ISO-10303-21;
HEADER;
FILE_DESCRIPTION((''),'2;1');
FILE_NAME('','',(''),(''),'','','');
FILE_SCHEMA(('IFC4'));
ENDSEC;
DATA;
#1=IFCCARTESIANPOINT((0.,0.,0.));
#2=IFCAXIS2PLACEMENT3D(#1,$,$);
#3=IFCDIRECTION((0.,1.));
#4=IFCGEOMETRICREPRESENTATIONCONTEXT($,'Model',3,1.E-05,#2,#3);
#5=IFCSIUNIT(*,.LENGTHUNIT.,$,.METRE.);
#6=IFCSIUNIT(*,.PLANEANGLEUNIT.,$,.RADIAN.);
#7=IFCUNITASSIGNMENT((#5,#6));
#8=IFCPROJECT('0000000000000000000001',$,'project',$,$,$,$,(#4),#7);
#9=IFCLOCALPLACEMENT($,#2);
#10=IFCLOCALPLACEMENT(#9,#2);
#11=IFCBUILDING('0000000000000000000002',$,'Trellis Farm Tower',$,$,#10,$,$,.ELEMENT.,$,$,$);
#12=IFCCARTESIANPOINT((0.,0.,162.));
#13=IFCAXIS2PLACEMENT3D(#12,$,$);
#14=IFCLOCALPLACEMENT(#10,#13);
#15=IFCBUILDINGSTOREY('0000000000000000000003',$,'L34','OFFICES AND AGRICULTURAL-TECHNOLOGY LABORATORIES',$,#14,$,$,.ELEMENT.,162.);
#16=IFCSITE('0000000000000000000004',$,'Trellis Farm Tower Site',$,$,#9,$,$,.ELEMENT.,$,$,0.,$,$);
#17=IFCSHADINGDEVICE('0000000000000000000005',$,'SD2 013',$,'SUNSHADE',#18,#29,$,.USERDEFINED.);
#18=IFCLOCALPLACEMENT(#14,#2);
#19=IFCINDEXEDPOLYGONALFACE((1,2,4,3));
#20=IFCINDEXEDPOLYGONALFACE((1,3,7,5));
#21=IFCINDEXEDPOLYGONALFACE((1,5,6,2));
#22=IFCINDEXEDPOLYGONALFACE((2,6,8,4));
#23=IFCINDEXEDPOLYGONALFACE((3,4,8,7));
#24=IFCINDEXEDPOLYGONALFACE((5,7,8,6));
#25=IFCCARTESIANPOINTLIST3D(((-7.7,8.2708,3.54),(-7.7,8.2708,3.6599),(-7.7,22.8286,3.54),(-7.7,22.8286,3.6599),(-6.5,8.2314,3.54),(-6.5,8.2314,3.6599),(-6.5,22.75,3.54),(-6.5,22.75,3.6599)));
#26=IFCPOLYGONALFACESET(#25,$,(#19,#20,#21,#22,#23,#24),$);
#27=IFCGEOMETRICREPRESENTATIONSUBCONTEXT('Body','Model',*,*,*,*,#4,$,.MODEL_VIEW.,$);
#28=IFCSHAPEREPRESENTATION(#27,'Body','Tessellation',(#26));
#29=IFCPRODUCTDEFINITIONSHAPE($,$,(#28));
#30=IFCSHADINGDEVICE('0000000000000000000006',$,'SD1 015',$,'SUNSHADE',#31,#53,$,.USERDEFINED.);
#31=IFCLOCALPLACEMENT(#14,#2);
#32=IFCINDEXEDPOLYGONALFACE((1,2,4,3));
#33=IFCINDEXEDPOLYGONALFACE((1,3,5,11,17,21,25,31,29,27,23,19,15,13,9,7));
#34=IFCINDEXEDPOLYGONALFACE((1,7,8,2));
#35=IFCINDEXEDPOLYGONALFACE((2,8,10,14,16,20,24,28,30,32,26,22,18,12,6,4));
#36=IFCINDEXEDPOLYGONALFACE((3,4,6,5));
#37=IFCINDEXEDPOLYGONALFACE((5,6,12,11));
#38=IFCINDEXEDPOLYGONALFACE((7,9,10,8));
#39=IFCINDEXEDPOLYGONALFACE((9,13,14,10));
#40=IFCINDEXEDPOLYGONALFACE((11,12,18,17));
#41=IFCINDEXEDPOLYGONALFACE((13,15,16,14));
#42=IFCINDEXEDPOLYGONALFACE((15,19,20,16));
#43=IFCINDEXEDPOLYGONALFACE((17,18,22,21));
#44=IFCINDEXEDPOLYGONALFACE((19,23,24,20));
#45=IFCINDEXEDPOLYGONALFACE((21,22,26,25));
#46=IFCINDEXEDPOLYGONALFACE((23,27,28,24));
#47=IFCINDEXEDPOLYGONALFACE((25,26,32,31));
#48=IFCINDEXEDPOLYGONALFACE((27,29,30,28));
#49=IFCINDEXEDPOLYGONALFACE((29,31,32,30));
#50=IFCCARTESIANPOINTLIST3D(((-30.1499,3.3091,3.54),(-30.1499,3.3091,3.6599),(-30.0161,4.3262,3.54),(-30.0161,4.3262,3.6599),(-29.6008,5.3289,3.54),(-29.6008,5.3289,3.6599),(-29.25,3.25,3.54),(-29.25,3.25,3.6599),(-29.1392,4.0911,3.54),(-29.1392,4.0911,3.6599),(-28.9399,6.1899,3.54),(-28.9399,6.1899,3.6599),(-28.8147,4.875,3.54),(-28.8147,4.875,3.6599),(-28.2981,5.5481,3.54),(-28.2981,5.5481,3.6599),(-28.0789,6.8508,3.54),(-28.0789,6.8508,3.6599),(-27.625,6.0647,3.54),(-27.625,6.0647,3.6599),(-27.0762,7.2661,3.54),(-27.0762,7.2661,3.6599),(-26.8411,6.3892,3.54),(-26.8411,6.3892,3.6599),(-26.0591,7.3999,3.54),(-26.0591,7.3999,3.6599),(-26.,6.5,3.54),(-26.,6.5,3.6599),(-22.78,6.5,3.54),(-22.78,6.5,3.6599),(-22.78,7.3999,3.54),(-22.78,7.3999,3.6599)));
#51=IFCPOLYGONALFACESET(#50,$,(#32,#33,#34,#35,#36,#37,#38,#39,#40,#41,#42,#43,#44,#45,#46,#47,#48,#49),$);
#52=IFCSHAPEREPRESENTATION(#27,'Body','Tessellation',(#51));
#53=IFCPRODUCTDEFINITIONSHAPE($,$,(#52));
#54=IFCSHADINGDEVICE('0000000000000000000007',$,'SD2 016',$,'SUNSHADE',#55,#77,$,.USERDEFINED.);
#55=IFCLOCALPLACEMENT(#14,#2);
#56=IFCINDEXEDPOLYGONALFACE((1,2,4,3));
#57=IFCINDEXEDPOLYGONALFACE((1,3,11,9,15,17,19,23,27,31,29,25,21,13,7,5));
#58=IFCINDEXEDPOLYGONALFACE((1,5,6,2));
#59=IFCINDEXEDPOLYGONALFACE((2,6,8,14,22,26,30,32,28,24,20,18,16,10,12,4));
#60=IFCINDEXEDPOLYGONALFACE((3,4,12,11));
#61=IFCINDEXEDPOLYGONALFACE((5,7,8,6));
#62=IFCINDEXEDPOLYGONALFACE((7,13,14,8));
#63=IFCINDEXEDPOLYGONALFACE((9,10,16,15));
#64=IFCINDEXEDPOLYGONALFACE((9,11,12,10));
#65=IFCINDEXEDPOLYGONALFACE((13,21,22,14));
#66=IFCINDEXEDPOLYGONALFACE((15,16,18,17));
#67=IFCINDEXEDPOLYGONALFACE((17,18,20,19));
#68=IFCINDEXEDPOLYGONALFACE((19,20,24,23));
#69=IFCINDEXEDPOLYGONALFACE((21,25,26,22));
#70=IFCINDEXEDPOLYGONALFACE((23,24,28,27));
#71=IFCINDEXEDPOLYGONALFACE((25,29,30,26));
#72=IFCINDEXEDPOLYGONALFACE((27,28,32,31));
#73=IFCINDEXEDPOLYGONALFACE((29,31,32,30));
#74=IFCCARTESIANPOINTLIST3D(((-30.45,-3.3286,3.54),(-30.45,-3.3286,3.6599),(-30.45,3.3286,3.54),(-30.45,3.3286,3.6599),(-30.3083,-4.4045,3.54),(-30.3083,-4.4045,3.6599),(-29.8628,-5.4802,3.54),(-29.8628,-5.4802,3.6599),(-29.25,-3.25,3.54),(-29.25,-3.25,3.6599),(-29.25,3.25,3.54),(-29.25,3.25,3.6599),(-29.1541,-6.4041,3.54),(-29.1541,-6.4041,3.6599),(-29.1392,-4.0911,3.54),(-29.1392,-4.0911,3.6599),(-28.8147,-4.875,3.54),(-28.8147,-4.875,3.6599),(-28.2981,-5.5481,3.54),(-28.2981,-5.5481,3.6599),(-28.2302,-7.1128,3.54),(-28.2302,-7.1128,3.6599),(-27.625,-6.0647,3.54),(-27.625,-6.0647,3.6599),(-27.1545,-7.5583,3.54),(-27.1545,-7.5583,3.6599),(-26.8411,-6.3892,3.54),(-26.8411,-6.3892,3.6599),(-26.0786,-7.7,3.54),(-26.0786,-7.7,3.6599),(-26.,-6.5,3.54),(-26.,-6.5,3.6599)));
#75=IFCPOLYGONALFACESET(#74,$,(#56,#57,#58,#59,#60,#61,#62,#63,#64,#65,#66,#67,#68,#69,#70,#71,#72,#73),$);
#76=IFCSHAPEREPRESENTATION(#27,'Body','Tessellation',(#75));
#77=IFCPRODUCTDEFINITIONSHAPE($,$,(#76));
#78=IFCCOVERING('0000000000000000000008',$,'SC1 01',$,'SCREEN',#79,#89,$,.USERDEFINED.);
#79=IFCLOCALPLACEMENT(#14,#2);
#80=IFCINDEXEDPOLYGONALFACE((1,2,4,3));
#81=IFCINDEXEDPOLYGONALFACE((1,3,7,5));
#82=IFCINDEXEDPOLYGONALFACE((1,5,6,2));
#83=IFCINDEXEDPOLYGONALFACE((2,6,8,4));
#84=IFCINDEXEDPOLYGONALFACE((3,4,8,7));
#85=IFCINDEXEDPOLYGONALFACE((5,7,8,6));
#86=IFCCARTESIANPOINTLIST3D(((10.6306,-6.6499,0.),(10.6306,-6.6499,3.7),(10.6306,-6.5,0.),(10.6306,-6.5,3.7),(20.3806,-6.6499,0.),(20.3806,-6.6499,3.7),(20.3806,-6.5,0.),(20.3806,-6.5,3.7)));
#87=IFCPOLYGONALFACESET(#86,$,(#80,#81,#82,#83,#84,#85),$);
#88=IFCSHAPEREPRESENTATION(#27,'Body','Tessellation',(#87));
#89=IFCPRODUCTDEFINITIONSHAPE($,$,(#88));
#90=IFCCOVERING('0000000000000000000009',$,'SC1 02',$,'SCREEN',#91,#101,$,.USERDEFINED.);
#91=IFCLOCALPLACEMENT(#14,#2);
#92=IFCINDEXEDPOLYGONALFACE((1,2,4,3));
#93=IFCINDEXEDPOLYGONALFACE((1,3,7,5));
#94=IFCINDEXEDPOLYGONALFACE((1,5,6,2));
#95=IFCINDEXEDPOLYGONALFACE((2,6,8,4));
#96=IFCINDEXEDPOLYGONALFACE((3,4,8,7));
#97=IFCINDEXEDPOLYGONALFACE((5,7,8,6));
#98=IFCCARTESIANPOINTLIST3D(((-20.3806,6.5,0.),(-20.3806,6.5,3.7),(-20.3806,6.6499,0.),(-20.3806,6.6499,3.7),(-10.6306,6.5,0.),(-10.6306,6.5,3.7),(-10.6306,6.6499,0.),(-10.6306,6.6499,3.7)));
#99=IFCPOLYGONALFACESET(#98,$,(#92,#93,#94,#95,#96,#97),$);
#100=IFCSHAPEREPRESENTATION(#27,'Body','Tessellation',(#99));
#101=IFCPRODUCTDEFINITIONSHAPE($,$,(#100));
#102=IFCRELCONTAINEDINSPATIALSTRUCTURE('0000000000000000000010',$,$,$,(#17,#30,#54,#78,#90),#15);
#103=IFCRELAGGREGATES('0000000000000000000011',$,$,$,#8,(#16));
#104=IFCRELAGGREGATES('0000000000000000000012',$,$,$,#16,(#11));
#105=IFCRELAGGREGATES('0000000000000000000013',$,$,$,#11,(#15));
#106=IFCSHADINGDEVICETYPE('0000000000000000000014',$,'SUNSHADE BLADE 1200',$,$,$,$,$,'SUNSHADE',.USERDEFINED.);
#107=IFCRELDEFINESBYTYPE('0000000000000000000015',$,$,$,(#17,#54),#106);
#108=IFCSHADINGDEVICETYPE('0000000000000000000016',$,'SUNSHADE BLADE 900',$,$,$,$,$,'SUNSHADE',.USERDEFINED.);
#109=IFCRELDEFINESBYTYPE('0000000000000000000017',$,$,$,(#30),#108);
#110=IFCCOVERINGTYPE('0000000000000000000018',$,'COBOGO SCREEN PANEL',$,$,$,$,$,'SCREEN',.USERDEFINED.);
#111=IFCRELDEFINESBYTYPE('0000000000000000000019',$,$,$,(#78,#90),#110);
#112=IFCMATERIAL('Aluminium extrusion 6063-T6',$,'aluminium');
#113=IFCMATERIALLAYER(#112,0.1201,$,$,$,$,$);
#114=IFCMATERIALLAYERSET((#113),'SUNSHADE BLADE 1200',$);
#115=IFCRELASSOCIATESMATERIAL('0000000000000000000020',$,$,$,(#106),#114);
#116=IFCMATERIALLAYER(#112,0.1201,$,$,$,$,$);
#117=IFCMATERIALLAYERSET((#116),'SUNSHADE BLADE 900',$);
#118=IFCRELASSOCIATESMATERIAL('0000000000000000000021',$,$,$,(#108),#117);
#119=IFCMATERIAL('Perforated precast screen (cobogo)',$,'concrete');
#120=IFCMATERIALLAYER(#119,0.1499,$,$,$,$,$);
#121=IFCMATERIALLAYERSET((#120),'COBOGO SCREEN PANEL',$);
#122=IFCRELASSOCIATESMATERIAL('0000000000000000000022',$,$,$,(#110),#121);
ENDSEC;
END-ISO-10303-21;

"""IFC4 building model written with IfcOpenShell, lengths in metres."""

from ifc_helpers import new_model, si_unit, direction, frame, origin, place, context, subcontext, project, spatial, polyline, outline, extrude, source, transform, mapped, material, layer, layer_set, type_object, element, save


model = new_model("IFC4")

# Units and contexts
model_context = context("Model", 3, precision=1e-05, world=origin(), true_north=direction((0.0, 1.0)))
body_context = subcontext(model_context, "Body", "Model", "MODEL_VIEW")
ifc_project = project(units=[si_unit("LENGTHUNIT", "METRE"), si_unit("PLANEANGLEUNIT", "RADIAN")], contexts=[model_context])

# Site, building, storey
site_placement = place(None, origin())
site = spatial("IfcSite", under=ifc_project, at=site_placement, Name="Trellis Farm Tower Site", CompositionType="ELEMENT", RefElevation=0.0)
building_placement = place(site_placement, origin())
building = spatial("IfcBuilding", under=site, at=building_placement, Name="Trellis Farm Tower", CompositionType="ELEMENT")
storey_placement = place(building_placement, frame((0.0, 0.0, 162.0)))
storey = spatial("IfcBuildingStorey", under=building, at=storey_placement, Name="L34", Description="OFFICES AND AGRICULTURAL-TECHNOLOGY LABORATORIES", CompositionType="ELEMENT", Elevation=162.0)

# Shared definitions
placement_1 = place(storey_placement, origin())
ifc_material_1 = material(Name="Aluminium extrusion 6063-T6", Category="aluminium")

# Shading devices
ifc_layer_1 = layer(ifc_material_1, 0.1201)
ifc_layer_set_1 = layer_set([ifc_layer_1], Name="SUNSHADE BLADE 1200")
shading_device_type_1 = type_object("IfcShadingDeviceType", Name="SUNSHADE BLADE 1200", ElementType="SUNSHADE", PredefinedType="USERDEFINED", material=ifc_layer_set_1)
placement_2 = place(storey_placement, frame((0.0, 0.0, 3.54)))
ifc_layer_2 = layer(ifc_material_1, 0.1201)
ifc_layer_set_2 = layer_set([ifc_layer_2], Name="SUNSHADE BLADE 900")
shading_device_type_2 = type_object("IfcShadingDeviceType", Name="SUNSHADE BLADE 900", ElementType="SUNSHADE", PredefinedType="USERDEFINED", material=ifc_layer_set_2)
shared_shape_1 = source(origin(), body_context, "Body", "SweptSolid", [
    extrude(outline(polyline([(-7.7, 22.8286), (-7.7, 8.2708), (-6.5, 8.2314), (-6.5, 22.75), (-7.7, 22.8286)])), origin(), (0.0, 0.0, 1.0), 0.1199),
])
element("IfcShadingDevice", 1, at=placement_2, inside=storey, type_object=shading_device_type_1, Name="SD2 013", ObjectType="SUNSHADE", PredefinedType="USERDEFINED", context=body_context, shape_type="MappedRepresentation", body=[
    mapped(shared_shape_1, transform((0.0, 0.0, 0.0))),
])
shared_shape_2 = source(origin(), body_context, "Body", "SweptSolid", [
    extrude(outline(polyline([(-22.78, 7.3999), (-26.0591, 7.3999), (-27.0762, 7.2661), (-28.0789, 6.8508), (-28.9399, 6.1899), (-29.6008, 5.3289), (-30.0161, 4.3262), (-30.1499, 3.3091), (-29.25, 3.25), (-29.1392, 4.0911), (-28.8147, 4.875), (-28.2981, 5.5481), (-27.625, 6.0647), (-26.8411, 6.3892), (-26.0, 6.5), (-22.78, 6.5), (-22.78, 7.3999)])), origin(), (0.0, 0.0, 1.0), 0.1199),
])
element("IfcShadingDevice", 2, at=placement_2, inside=storey, type_object=shading_device_type_2, Name="SD1 015", ObjectType="SUNSHADE", PredefinedType="USERDEFINED", context=body_context, shape_type="MappedRepresentation", body=[
    mapped(shared_shape_2, transform((0.0, 0.0, 0.0))),
])
shared_shape_3 = source(origin(), body_context, "Body", "SweptSolid", [
    extrude(outline(polyline([(-30.45, 3.3286), (-30.45, -3.3286), (-30.3083, -4.4045), (-29.8628, -5.4802), (-29.1541, -6.4041), (-28.2302, -7.1128), (-27.1545, -7.5583), (-26.0786, -7.7), (-26.0, -6.5), (-26.8411, -6.3892), (-27.625, -6.0647), (-28.2981, -5.5481), (-28.8147, -4.875), (-29.1392, -4.0911), (-29.25, -3.25), (-29.25, 3.25), (-30.45, 3.3286)])), origin(), (0.0, 0.0, 1.0), 0.1199),
])
element("IfcShadingDevice", 3, at=placement_2, inside=storey, type_object=shading_device_type_1, Name="SD2 016", ObjectType="SUNSHADE", PredefinedType="USERDEFINED", context=body_context, shape_type="MappedRepresentation", body=[
    mapped(shared_shape_3, transform((0.0, 0.0, 0.0))),
])

# Coverings
ifc_material_2 = material(Name="Perforated precast screen (cobogo)", Category="concrete")
ifc_layer_3 = layer(ifc_material_2, 0.1499)
ifc_layer_set_3 = layer_set([ifc_layer_3], Name="COBOGO SCREEN PANEL")
covering_type = type_object("IfcCoveringType", Name="COBOGO SCREEN PANEL", ElementType="SCREEN", PredefinedType="USERDEFINED", material=ifc_layer_set_3)
shared_shape_4 = source(origin(), body_context, "Body", "SweptSolid", [
    extrude(outline(polyline([(10.6306, -6.6499), (20.3806, -6.6499), (20.3806, -6.5), (10.6306, -6.5), (10.6306, -6.6499)])), origin(), (0.0, 0.0, 1.0), 3.7),
])
element("IfcCovering", 4, at=placement_1, inside=storey, type_object=covering_type, Name="SC1 01", ObjectType="SCREEN", PredefinedType="USERDEFINED", context=body_context, shape_type="MappedRepresentation", body=[
    mapped(shared_shape_4, transform((0.0, 0.0, 0.0))),
])
shared_shape_5 = source(origin(), body_context, "Body", "SweptSolid", [
    extrude(outline(polyline([(-10.6306, 6.6499), (-20.3806, 6.6499), (-20.3806, 6.5), (-10.6306, 6.5), (-10.6306, 6.6499)])), origin(), (0.0, 0.0, 1.0), 3.7),
])
element("IfcCovering", 5, at=placement_1, inside=storey, type_object=covering_type, Name="SC1 02", ObjectType="SCREEN", PredefinedType="USERDEFINED", context=body_context, shape_type="MappedRepresentation", body=[
    mapped(shared_shape_5, transform((0.0, 0.0, 0.0))),
])

save(model, "model.ifc")
